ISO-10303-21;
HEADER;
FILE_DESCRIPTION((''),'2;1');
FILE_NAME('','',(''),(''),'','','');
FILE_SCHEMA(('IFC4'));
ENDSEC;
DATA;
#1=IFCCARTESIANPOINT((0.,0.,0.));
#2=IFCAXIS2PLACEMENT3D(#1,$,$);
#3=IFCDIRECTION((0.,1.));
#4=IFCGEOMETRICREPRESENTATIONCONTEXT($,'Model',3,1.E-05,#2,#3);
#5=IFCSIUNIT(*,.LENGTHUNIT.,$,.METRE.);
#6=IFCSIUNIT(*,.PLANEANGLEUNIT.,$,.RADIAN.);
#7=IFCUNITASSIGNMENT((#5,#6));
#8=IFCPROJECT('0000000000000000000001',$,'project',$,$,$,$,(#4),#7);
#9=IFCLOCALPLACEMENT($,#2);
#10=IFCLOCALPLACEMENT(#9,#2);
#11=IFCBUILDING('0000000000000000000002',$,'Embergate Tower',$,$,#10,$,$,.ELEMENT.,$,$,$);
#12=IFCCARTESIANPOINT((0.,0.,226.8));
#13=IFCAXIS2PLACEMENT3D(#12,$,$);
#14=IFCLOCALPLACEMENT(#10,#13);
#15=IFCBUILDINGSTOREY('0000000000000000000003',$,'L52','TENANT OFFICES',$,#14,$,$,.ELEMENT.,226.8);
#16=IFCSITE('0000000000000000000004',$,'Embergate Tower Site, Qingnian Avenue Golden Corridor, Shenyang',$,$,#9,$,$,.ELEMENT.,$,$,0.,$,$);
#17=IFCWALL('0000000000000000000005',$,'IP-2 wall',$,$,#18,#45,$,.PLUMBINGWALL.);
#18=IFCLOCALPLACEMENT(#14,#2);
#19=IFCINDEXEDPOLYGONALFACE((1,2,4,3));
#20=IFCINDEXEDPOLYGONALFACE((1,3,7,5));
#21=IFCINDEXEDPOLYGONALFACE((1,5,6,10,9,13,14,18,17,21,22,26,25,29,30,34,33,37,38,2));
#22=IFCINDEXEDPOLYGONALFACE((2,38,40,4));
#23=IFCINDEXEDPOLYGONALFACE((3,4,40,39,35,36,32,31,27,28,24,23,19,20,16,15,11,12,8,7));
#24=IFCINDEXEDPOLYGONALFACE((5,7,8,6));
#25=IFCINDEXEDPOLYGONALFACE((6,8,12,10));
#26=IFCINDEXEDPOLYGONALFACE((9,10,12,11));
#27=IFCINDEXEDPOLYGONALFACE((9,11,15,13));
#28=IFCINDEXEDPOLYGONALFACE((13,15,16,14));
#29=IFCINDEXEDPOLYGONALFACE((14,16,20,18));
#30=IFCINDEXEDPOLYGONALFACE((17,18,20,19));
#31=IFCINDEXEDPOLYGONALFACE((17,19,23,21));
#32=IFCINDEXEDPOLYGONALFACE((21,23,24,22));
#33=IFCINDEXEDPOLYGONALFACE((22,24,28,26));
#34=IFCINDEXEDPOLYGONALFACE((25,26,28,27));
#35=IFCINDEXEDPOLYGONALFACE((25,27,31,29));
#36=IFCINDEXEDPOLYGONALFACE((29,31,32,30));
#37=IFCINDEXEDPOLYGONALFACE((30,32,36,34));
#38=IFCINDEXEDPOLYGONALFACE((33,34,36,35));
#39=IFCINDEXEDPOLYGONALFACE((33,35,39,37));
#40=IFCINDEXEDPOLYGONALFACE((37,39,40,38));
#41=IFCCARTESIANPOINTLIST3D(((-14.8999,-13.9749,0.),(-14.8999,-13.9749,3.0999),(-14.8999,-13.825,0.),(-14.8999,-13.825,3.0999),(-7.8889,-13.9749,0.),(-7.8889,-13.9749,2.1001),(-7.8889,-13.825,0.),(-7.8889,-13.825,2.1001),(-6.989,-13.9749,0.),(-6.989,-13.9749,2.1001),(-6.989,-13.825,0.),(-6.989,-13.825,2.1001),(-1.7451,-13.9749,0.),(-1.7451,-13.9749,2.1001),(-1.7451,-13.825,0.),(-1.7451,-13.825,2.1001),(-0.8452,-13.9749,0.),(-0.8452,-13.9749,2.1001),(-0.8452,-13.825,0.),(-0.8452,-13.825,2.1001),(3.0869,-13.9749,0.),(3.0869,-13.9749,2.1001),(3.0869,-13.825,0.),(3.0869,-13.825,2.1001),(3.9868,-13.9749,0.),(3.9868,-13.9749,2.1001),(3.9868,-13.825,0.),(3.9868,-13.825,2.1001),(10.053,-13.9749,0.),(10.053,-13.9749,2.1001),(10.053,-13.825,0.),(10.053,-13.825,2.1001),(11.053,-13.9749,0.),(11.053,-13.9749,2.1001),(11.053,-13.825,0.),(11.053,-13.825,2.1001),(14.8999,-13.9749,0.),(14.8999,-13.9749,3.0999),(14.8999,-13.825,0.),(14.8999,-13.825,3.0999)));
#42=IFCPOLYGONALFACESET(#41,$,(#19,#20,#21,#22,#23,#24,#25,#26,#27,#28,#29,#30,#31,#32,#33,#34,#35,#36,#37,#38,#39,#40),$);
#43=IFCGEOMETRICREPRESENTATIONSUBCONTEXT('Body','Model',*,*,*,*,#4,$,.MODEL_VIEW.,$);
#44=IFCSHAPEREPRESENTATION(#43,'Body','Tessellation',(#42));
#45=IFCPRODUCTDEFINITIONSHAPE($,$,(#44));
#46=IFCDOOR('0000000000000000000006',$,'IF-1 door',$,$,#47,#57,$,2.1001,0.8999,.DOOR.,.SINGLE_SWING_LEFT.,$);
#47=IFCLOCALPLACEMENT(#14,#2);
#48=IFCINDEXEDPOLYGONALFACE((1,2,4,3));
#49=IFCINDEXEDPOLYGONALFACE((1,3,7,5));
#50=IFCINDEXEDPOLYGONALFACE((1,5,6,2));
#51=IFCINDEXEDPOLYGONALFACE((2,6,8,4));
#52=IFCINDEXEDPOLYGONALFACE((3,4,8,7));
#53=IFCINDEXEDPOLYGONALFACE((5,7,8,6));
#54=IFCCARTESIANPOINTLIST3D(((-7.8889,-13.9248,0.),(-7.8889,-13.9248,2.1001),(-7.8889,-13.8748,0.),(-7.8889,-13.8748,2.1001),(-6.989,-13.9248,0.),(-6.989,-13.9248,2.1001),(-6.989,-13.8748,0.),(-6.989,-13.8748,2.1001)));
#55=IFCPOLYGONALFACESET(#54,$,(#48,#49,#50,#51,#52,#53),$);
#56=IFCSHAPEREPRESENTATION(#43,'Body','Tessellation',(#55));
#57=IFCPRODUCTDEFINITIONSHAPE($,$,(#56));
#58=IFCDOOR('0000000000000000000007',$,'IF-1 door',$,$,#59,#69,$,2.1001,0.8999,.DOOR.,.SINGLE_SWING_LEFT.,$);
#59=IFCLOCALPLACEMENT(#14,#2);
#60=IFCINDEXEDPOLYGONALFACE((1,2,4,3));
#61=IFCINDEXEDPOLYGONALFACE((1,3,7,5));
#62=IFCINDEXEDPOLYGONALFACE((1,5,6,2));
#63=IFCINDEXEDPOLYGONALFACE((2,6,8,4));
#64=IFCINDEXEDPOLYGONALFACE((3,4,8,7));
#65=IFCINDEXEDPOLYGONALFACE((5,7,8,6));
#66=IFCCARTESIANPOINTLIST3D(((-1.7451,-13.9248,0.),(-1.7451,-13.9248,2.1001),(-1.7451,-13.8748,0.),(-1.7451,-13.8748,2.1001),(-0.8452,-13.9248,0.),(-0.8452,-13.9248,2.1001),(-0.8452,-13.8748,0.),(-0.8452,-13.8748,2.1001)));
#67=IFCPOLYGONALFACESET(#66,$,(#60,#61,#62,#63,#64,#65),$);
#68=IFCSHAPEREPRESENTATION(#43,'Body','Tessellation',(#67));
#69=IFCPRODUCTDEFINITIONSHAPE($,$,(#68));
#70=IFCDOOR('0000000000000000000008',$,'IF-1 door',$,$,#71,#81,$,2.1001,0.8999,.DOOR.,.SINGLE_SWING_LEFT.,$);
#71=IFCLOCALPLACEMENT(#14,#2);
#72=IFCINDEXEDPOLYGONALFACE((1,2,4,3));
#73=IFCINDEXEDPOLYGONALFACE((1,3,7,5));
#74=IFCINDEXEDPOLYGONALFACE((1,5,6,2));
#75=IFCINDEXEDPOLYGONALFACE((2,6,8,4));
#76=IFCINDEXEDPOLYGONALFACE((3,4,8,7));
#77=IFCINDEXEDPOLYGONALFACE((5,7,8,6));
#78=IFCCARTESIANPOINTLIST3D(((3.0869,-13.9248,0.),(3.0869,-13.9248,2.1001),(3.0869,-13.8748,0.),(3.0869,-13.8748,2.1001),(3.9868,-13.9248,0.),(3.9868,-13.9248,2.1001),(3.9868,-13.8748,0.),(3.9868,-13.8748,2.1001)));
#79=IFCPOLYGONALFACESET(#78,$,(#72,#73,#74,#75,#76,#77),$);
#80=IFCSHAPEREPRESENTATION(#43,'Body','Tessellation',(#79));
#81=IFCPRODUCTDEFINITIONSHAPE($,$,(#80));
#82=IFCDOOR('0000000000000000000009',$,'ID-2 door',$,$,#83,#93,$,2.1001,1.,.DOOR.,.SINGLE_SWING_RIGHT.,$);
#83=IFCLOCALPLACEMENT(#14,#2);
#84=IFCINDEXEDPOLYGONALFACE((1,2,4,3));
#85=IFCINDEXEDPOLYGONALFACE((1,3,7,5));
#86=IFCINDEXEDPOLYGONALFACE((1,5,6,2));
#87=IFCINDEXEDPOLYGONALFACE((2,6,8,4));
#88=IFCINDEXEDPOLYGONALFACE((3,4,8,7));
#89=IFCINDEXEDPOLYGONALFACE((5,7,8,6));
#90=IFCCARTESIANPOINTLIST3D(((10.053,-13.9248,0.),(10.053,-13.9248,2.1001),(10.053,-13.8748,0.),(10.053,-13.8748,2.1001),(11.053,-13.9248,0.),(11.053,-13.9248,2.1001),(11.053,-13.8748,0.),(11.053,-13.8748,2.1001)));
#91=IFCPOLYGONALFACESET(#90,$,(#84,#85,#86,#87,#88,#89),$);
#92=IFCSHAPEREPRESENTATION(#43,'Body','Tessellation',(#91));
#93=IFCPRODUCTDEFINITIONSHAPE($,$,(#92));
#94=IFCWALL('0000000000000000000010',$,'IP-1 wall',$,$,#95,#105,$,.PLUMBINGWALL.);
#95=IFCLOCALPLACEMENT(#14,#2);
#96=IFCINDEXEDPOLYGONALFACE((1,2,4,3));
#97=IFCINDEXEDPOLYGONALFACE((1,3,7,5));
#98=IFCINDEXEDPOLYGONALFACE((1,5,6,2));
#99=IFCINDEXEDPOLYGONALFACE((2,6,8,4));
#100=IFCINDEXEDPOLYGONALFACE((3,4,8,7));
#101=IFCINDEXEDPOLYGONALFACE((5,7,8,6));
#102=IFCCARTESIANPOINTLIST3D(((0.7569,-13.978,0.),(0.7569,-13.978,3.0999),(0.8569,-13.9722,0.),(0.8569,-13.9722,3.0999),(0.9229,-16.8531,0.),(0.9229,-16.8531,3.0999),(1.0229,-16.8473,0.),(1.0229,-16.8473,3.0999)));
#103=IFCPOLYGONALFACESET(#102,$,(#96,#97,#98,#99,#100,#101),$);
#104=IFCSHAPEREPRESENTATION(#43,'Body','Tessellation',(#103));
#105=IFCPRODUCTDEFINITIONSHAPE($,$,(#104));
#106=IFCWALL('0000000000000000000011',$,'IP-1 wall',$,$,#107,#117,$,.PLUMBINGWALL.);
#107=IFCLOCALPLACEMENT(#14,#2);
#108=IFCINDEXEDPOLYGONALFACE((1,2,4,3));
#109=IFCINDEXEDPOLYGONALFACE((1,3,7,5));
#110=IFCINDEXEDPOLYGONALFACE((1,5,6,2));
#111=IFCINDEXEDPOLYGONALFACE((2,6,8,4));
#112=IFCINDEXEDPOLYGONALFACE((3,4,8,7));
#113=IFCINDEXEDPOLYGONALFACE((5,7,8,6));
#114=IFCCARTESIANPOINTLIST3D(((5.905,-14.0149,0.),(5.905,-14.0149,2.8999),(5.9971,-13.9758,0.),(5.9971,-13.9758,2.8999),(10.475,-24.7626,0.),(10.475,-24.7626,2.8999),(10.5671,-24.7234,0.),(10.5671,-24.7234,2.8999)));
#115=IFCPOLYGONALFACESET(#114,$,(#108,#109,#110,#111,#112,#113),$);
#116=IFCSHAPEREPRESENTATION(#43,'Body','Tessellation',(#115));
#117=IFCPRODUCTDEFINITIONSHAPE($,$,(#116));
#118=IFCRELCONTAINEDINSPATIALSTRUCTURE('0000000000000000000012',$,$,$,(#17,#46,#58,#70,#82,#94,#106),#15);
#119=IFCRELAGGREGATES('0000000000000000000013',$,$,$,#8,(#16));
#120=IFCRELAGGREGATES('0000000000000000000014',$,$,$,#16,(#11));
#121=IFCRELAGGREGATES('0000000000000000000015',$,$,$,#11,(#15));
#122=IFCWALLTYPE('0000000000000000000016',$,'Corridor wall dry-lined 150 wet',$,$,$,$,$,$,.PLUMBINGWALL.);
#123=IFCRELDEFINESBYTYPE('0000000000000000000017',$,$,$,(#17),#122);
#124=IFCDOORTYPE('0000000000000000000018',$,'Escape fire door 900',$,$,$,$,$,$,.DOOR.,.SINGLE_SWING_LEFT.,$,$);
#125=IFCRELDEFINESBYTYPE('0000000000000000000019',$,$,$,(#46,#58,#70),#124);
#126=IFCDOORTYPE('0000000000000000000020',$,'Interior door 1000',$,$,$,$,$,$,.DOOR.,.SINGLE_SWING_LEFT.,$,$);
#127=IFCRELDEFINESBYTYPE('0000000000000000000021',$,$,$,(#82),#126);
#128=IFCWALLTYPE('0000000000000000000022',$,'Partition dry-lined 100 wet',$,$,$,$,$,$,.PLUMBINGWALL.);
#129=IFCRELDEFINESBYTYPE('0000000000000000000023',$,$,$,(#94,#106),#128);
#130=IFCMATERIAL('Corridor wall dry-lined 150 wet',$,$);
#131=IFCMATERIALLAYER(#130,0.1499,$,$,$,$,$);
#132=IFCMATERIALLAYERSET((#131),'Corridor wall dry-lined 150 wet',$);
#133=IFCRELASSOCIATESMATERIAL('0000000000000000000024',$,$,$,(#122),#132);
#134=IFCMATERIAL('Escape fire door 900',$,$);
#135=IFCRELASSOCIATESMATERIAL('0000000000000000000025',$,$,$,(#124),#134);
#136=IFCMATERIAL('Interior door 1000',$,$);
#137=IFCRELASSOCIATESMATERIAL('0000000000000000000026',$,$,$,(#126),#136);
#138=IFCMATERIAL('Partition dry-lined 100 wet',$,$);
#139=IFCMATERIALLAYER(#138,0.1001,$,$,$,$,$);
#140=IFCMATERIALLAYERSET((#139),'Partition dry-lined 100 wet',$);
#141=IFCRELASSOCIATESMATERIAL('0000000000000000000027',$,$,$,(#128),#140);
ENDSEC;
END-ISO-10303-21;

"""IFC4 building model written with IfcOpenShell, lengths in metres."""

from ifc_helpers import new_model, si_unit, direction, frame, frame_2d, origin, place, context, subcontext, project, spatial, rectangle, extrude, source, transform, mapped, material, layer, layer_set, type_object, element, fill, save


model = new_model("IFC4")

# Units and contexts
model_context = context("Model", 3, precision=1e-05, world=origin(), true_north=direction((0.0, 1.0)))
body_context = subcontext(model_context, "Body", "Model", "MODEL_VIEW")
ifc_project = project(units=[si_unit("LENGTHUNIT", "METRE"), si_unit("PLANEANGLEUNIT", "RADIAN")], contexts=[model_context])

# Site, building, storey
site_placement = place(None, origin())
site = spatial("IfcSite", under=ifc_project, at=site_placement, Name="Embergate Tower Site, Qingnian Avenue Golden Corridor, Shenyang", CompositionType="ELEMENT", RefElevation=0.0)
building_placement = place(site_placement, origin())
building = spatial("IfcBuilding", under=site, at=building_placement, Name="Embergate Tower", CompositionType="ELEMENT")
storey_placement = place(building_placement, frame((0.0, 0.0, 226.8)))
storey = spatial("IfcBuildingStorey", under=building, at=storey_placement, Name="L52", Description="TENANT OFFICES", CompositionType="ELEMENT", Elevation=226.8)

# Shared definitions
shared_shape_1 = source(origin(), body_context, "Body", "SweptSolid", [
    extrude(rectangle(XDim=1.0, YDim=2.1001, at=frame_2d((0.5, 1.05))), frame((0.0, 0.0249, 0.0), z_axis=(0.0, -1.0, 0.0), x_axis=(1.0, 0.0, 0.0)), (0.0, 0.0, 1.0), 0.05),
])

# Wall, openings, doors
ifc_material_1 = material(Name="Corridor wall dry-lined 150 wet")
ifc_layer_1 = layer(ifc_material_1, 0.1499)
ifc_layer_set_1 = layer_set([ifc_layer_1], Name="Corridor wall dry-lined 150 wet")
wall_type_1 = type_object("IfcWallType", Name="Corridor wall dry-lined 150 wet", PredefinedType="PLUMBINGWALL", material=ifc_layer_set_1)
shared_shape_2 = source(origin(), body_context, "Body", "SweptSolid", [
    extrude(rectangle(XDim=29.7998, YDim=0.1499, at=frame_2d((14.8999, 0.0))), origin(), (0.0, 0.0, 1.0), 3.0999),
])
wall_1_placement = place(storey_placement, frame((14.8999, -13.8999, 0.0), z_axis=(0.0, 0.0, 1.0), x_axis=(-1.0, 0.0, 0.0)))
wall_1 = element("IfcWall", 1, at=wall_1_placement, inside=storey, type_object=wall_type_1, Name="IP-2 wall", PredefinedType="PLUMBINGWALL", context=body_context, shape_type="MappedRepresentation", body=[
    mapped(shared_shape_2, transform((0.0, 0.0, 0.0))),
])
shared_shape_3 = source(origin(), body_context, "Body", "SweptSolid", [
    extrude(rectangle(XDim=0.8999, YDim=2.1001, at=frame_2d((0.45, 1.05))), frame((0.0, 0.085, 0.0), z_axis=(0.0, -1.0, 0.0), x_axis=(1.0, 0.0, 0.0)), (0.0, 0.0, 1.0), 0.1699),
])
opening_1_placement = place(wall_1_placement, frame((21.8889, 0.0, 0.0)))
opening_1 = element("IfcOpeningElement", 2, at=opening_1_placement, cuts=wall_1, PredefinedType="OPENING", context=body_context, shape_type="MappedRepresentation", body=[
    mapped(shared_shape_3, transform((0.0, 0.0, 0.0))),
])
opening_2_placement = place(wall_1_placement, frame((15.7451, 0.0, 0.0)))
opening_2 = element("IfcOpeningElement", 3, at=opening_2_placement, cuts=wall_1, PredefinedType="OPENING", context=body_context, shape_type="MappedRepresentation", body=[
    mapped(shared_shape_3, transform((0.0, 0.0, 0.0))),
])
opening_3_placement = place(wall_1_placement, frame((10.9131, 0.0, 0.0)))
opening_3 = element("IfcOpeningElement", 4, at=opening_3_placement, cuts=wall_1, PredefinedType="OPENING", context=body_context, shape_type="MappedRepresentation", body=[
    mapped(shared_shape_3, transform((0.0, 0.0, 0.0))),
])
shared_shape_4 = source(origin(), body_context, "Body", "SweptSolid", [
    extrude(rectangle(XDim=1.0, YDim=2.1001, at=frame_2d((0.5, 1.05))), frame((0.0, 0.085, 0.0), z_axis=(0.0, -1.0, 0.0), x_axis=(1.0, 0.0, 0.0)), (0.0, 0.0, 1.0), 0.1699),
])
opening_4_placement = place(wall_1_placement, frame((3.8469, 0.0, 0.0)))
opening_4 = element("IfcOpeningElement", 5, at=opening_4_placement, cuts=wall_1, PredefinedType="OPENING", context=body_context, shape_type="MappedRepresentation", body=[
    mapped(shared_shape_4, transform((0.0, 0.0, 0.0))),
])
ifc_material_2 = material(Name="Escape fire door 900")
door_type_1 = type_object("IfcDoorType", Name="Escape fire door 900", OperationType="SINGLE_SWING_LEFT", PredefinedType="DOOR", material=ifc_material_2)
shared_shape_5 = source(origin(), body_context, "Body", "SweptSolid", [
    extrude(rectangle(XDim=0.8999, YDim=2.1001, at=frame_2d((0.45, 1.05))), frame((0.0, 0.0249, 0.0), z_axis=(0.0, -1.0, 0.0), x_axis=(1.0, 0.0, 0.0)), (0.0, 0.0, 1.0), 0.05),
])
door_1_placement = place(opening_1_placement, origin())
door_1 = element("IfcDoor", 6, at=door_1_placement, inside=storey, type_object=door_type_1, Name="IF-1 door", OperationType="SINGLE_SWING_LEFT", OverallHeight=2.1001, OverallWidth=0.8999, PredefinedType="DOOR", context=body_context, shape_type="MappedRepresentation", body=[
    mapped(shared_shape_5, transform((0.0, 0.0, 0.0))),
])
fill(opening_1, door_1)
door_2_placement = place(opening_2_placement, origin())
door_2 = element("IfcDoor", 7, at=door_2_placement, inside=storey, type_object=door_type_1, Name="IF-1 door", OperationType="SINGLE_SWING_LEFT", OverallHeight=2.1001, OverallWidth=0.8999, PredefinedType="DOOR", context=body_context, shape_type="MappedRepresentation", body=[
    mapped(shared_shape_5, transform((0.0, 0.0, 0.0))),
])
fill(opening_2, door_2)
door_3_placement = place(opening_3_placement, origin())
door_3 = element("IfcDoor", 8, at=door_3_placement, inside=storey, type_object=door_type_1, Name="IF-1 door", OperationType="SINGLE_SWING_LEFT", OverallHeight=2.1001, OverallWidth=0.8999, PredefinedType="DOOR", context=body_context, shape_type="MappedRepresentation", body=[
    mapped(shared_shape_5, transform((0.0, 0.0, 0.0))),
])
fill(opening_3, door_3)
ifc_material_3 = material(Name="Interior door 1000")
door_type_2 = type_object("IfcDoorType", Name="Interior door 1000", OperationType="SINGLE_SWING_LEFT", PredefinedType="DOOR", material=ifc_material_3)
door_4_placement = place(opening_4_placement, origin())
door_4 = element("IfcDoor", 9, at=door_4_placement, inside=storey, type_object=door_type_2, Name="ID-2 door", OperationType="SINGLE_SWING_RIGHT", OverallHeight=2.1001, OverallWidth=1.0, PredefinedType="DOOR", context=body_context, shape_type="MappedRepresentation", body=[
    mapped(shared_shape_1, transform((0.0, 0.0, 0.0))),
])
fill(opening_4, door_4)

# Walls
ifc_material_4 = material(Name="Partition dry-lined 100 wet")
ifc_layer_2 = layer(ifc_material_4, 0.1001)
ifc_layer_set_2 = layer_set([ifc_layer_2], Name="Partition dry-lined 100 wet")
wall_type_2 = type_object("IfcWallType", Name="Partition dry-lined 100 wet", PredefinedType="PLUMBINGWALL", material=ifc_layer_set_2)
shared_shape_6 = source(origin(), body_context, "Body", "SweptSolid", [
    extrude(rectangle(XDim=2.8799, YDim=0.1001, at=frame_2d((1.4399, 0.0))), origin(), (0.0, 0.0, 1.0), 3.0999),
])
wall_2_placement = place(storey_placement, frame((0.8069, -13.9751, 0.0), z_axis=(0.0, 0.0, 1.0), x_axis=(0.057649, -0.998337, 0.0)))
element("IfcWall", 10, at=wall_2_placement, inside=storey, type_object=wall_type_2, Name="IP-1 wall", PredefinedType="PLUMBINGWALL", context=body_context, shape_type="MappedRepresentation", body=[
    mapped(shared_shape_6, transform((0.0, 0.0, 0.0))),
])
shared_shape_7 = source(origin(), body_context, "Body", "SweptSolid", [
    extrude(rectangle(XDim=11.679, YDim=0.1001, at=frame_2d((5.8394, 0.0))), origin(), (0.0, 0.0, 1.0), 2.8999),
])
wall_3_placement = place(storey_placement, frame((10.521, -24.7429, 0.0), z_axis=(0.0, 0.0, 1.0), x_axis=(-0.391304, 0.920261, 0.0)))
element("IfcWall", 11, at=wall_3_placement, inside=storey, type_object=wall_type_2, Name="IP-1 wall", PredefinedType="PLUMBINGWALL", context=body_context, shape_type="MappedRepresentation", body=[
    mapped(shared_shape_7, transform((0.0, 0.0, 0.0))),
])

save(model, "model.ifc")
